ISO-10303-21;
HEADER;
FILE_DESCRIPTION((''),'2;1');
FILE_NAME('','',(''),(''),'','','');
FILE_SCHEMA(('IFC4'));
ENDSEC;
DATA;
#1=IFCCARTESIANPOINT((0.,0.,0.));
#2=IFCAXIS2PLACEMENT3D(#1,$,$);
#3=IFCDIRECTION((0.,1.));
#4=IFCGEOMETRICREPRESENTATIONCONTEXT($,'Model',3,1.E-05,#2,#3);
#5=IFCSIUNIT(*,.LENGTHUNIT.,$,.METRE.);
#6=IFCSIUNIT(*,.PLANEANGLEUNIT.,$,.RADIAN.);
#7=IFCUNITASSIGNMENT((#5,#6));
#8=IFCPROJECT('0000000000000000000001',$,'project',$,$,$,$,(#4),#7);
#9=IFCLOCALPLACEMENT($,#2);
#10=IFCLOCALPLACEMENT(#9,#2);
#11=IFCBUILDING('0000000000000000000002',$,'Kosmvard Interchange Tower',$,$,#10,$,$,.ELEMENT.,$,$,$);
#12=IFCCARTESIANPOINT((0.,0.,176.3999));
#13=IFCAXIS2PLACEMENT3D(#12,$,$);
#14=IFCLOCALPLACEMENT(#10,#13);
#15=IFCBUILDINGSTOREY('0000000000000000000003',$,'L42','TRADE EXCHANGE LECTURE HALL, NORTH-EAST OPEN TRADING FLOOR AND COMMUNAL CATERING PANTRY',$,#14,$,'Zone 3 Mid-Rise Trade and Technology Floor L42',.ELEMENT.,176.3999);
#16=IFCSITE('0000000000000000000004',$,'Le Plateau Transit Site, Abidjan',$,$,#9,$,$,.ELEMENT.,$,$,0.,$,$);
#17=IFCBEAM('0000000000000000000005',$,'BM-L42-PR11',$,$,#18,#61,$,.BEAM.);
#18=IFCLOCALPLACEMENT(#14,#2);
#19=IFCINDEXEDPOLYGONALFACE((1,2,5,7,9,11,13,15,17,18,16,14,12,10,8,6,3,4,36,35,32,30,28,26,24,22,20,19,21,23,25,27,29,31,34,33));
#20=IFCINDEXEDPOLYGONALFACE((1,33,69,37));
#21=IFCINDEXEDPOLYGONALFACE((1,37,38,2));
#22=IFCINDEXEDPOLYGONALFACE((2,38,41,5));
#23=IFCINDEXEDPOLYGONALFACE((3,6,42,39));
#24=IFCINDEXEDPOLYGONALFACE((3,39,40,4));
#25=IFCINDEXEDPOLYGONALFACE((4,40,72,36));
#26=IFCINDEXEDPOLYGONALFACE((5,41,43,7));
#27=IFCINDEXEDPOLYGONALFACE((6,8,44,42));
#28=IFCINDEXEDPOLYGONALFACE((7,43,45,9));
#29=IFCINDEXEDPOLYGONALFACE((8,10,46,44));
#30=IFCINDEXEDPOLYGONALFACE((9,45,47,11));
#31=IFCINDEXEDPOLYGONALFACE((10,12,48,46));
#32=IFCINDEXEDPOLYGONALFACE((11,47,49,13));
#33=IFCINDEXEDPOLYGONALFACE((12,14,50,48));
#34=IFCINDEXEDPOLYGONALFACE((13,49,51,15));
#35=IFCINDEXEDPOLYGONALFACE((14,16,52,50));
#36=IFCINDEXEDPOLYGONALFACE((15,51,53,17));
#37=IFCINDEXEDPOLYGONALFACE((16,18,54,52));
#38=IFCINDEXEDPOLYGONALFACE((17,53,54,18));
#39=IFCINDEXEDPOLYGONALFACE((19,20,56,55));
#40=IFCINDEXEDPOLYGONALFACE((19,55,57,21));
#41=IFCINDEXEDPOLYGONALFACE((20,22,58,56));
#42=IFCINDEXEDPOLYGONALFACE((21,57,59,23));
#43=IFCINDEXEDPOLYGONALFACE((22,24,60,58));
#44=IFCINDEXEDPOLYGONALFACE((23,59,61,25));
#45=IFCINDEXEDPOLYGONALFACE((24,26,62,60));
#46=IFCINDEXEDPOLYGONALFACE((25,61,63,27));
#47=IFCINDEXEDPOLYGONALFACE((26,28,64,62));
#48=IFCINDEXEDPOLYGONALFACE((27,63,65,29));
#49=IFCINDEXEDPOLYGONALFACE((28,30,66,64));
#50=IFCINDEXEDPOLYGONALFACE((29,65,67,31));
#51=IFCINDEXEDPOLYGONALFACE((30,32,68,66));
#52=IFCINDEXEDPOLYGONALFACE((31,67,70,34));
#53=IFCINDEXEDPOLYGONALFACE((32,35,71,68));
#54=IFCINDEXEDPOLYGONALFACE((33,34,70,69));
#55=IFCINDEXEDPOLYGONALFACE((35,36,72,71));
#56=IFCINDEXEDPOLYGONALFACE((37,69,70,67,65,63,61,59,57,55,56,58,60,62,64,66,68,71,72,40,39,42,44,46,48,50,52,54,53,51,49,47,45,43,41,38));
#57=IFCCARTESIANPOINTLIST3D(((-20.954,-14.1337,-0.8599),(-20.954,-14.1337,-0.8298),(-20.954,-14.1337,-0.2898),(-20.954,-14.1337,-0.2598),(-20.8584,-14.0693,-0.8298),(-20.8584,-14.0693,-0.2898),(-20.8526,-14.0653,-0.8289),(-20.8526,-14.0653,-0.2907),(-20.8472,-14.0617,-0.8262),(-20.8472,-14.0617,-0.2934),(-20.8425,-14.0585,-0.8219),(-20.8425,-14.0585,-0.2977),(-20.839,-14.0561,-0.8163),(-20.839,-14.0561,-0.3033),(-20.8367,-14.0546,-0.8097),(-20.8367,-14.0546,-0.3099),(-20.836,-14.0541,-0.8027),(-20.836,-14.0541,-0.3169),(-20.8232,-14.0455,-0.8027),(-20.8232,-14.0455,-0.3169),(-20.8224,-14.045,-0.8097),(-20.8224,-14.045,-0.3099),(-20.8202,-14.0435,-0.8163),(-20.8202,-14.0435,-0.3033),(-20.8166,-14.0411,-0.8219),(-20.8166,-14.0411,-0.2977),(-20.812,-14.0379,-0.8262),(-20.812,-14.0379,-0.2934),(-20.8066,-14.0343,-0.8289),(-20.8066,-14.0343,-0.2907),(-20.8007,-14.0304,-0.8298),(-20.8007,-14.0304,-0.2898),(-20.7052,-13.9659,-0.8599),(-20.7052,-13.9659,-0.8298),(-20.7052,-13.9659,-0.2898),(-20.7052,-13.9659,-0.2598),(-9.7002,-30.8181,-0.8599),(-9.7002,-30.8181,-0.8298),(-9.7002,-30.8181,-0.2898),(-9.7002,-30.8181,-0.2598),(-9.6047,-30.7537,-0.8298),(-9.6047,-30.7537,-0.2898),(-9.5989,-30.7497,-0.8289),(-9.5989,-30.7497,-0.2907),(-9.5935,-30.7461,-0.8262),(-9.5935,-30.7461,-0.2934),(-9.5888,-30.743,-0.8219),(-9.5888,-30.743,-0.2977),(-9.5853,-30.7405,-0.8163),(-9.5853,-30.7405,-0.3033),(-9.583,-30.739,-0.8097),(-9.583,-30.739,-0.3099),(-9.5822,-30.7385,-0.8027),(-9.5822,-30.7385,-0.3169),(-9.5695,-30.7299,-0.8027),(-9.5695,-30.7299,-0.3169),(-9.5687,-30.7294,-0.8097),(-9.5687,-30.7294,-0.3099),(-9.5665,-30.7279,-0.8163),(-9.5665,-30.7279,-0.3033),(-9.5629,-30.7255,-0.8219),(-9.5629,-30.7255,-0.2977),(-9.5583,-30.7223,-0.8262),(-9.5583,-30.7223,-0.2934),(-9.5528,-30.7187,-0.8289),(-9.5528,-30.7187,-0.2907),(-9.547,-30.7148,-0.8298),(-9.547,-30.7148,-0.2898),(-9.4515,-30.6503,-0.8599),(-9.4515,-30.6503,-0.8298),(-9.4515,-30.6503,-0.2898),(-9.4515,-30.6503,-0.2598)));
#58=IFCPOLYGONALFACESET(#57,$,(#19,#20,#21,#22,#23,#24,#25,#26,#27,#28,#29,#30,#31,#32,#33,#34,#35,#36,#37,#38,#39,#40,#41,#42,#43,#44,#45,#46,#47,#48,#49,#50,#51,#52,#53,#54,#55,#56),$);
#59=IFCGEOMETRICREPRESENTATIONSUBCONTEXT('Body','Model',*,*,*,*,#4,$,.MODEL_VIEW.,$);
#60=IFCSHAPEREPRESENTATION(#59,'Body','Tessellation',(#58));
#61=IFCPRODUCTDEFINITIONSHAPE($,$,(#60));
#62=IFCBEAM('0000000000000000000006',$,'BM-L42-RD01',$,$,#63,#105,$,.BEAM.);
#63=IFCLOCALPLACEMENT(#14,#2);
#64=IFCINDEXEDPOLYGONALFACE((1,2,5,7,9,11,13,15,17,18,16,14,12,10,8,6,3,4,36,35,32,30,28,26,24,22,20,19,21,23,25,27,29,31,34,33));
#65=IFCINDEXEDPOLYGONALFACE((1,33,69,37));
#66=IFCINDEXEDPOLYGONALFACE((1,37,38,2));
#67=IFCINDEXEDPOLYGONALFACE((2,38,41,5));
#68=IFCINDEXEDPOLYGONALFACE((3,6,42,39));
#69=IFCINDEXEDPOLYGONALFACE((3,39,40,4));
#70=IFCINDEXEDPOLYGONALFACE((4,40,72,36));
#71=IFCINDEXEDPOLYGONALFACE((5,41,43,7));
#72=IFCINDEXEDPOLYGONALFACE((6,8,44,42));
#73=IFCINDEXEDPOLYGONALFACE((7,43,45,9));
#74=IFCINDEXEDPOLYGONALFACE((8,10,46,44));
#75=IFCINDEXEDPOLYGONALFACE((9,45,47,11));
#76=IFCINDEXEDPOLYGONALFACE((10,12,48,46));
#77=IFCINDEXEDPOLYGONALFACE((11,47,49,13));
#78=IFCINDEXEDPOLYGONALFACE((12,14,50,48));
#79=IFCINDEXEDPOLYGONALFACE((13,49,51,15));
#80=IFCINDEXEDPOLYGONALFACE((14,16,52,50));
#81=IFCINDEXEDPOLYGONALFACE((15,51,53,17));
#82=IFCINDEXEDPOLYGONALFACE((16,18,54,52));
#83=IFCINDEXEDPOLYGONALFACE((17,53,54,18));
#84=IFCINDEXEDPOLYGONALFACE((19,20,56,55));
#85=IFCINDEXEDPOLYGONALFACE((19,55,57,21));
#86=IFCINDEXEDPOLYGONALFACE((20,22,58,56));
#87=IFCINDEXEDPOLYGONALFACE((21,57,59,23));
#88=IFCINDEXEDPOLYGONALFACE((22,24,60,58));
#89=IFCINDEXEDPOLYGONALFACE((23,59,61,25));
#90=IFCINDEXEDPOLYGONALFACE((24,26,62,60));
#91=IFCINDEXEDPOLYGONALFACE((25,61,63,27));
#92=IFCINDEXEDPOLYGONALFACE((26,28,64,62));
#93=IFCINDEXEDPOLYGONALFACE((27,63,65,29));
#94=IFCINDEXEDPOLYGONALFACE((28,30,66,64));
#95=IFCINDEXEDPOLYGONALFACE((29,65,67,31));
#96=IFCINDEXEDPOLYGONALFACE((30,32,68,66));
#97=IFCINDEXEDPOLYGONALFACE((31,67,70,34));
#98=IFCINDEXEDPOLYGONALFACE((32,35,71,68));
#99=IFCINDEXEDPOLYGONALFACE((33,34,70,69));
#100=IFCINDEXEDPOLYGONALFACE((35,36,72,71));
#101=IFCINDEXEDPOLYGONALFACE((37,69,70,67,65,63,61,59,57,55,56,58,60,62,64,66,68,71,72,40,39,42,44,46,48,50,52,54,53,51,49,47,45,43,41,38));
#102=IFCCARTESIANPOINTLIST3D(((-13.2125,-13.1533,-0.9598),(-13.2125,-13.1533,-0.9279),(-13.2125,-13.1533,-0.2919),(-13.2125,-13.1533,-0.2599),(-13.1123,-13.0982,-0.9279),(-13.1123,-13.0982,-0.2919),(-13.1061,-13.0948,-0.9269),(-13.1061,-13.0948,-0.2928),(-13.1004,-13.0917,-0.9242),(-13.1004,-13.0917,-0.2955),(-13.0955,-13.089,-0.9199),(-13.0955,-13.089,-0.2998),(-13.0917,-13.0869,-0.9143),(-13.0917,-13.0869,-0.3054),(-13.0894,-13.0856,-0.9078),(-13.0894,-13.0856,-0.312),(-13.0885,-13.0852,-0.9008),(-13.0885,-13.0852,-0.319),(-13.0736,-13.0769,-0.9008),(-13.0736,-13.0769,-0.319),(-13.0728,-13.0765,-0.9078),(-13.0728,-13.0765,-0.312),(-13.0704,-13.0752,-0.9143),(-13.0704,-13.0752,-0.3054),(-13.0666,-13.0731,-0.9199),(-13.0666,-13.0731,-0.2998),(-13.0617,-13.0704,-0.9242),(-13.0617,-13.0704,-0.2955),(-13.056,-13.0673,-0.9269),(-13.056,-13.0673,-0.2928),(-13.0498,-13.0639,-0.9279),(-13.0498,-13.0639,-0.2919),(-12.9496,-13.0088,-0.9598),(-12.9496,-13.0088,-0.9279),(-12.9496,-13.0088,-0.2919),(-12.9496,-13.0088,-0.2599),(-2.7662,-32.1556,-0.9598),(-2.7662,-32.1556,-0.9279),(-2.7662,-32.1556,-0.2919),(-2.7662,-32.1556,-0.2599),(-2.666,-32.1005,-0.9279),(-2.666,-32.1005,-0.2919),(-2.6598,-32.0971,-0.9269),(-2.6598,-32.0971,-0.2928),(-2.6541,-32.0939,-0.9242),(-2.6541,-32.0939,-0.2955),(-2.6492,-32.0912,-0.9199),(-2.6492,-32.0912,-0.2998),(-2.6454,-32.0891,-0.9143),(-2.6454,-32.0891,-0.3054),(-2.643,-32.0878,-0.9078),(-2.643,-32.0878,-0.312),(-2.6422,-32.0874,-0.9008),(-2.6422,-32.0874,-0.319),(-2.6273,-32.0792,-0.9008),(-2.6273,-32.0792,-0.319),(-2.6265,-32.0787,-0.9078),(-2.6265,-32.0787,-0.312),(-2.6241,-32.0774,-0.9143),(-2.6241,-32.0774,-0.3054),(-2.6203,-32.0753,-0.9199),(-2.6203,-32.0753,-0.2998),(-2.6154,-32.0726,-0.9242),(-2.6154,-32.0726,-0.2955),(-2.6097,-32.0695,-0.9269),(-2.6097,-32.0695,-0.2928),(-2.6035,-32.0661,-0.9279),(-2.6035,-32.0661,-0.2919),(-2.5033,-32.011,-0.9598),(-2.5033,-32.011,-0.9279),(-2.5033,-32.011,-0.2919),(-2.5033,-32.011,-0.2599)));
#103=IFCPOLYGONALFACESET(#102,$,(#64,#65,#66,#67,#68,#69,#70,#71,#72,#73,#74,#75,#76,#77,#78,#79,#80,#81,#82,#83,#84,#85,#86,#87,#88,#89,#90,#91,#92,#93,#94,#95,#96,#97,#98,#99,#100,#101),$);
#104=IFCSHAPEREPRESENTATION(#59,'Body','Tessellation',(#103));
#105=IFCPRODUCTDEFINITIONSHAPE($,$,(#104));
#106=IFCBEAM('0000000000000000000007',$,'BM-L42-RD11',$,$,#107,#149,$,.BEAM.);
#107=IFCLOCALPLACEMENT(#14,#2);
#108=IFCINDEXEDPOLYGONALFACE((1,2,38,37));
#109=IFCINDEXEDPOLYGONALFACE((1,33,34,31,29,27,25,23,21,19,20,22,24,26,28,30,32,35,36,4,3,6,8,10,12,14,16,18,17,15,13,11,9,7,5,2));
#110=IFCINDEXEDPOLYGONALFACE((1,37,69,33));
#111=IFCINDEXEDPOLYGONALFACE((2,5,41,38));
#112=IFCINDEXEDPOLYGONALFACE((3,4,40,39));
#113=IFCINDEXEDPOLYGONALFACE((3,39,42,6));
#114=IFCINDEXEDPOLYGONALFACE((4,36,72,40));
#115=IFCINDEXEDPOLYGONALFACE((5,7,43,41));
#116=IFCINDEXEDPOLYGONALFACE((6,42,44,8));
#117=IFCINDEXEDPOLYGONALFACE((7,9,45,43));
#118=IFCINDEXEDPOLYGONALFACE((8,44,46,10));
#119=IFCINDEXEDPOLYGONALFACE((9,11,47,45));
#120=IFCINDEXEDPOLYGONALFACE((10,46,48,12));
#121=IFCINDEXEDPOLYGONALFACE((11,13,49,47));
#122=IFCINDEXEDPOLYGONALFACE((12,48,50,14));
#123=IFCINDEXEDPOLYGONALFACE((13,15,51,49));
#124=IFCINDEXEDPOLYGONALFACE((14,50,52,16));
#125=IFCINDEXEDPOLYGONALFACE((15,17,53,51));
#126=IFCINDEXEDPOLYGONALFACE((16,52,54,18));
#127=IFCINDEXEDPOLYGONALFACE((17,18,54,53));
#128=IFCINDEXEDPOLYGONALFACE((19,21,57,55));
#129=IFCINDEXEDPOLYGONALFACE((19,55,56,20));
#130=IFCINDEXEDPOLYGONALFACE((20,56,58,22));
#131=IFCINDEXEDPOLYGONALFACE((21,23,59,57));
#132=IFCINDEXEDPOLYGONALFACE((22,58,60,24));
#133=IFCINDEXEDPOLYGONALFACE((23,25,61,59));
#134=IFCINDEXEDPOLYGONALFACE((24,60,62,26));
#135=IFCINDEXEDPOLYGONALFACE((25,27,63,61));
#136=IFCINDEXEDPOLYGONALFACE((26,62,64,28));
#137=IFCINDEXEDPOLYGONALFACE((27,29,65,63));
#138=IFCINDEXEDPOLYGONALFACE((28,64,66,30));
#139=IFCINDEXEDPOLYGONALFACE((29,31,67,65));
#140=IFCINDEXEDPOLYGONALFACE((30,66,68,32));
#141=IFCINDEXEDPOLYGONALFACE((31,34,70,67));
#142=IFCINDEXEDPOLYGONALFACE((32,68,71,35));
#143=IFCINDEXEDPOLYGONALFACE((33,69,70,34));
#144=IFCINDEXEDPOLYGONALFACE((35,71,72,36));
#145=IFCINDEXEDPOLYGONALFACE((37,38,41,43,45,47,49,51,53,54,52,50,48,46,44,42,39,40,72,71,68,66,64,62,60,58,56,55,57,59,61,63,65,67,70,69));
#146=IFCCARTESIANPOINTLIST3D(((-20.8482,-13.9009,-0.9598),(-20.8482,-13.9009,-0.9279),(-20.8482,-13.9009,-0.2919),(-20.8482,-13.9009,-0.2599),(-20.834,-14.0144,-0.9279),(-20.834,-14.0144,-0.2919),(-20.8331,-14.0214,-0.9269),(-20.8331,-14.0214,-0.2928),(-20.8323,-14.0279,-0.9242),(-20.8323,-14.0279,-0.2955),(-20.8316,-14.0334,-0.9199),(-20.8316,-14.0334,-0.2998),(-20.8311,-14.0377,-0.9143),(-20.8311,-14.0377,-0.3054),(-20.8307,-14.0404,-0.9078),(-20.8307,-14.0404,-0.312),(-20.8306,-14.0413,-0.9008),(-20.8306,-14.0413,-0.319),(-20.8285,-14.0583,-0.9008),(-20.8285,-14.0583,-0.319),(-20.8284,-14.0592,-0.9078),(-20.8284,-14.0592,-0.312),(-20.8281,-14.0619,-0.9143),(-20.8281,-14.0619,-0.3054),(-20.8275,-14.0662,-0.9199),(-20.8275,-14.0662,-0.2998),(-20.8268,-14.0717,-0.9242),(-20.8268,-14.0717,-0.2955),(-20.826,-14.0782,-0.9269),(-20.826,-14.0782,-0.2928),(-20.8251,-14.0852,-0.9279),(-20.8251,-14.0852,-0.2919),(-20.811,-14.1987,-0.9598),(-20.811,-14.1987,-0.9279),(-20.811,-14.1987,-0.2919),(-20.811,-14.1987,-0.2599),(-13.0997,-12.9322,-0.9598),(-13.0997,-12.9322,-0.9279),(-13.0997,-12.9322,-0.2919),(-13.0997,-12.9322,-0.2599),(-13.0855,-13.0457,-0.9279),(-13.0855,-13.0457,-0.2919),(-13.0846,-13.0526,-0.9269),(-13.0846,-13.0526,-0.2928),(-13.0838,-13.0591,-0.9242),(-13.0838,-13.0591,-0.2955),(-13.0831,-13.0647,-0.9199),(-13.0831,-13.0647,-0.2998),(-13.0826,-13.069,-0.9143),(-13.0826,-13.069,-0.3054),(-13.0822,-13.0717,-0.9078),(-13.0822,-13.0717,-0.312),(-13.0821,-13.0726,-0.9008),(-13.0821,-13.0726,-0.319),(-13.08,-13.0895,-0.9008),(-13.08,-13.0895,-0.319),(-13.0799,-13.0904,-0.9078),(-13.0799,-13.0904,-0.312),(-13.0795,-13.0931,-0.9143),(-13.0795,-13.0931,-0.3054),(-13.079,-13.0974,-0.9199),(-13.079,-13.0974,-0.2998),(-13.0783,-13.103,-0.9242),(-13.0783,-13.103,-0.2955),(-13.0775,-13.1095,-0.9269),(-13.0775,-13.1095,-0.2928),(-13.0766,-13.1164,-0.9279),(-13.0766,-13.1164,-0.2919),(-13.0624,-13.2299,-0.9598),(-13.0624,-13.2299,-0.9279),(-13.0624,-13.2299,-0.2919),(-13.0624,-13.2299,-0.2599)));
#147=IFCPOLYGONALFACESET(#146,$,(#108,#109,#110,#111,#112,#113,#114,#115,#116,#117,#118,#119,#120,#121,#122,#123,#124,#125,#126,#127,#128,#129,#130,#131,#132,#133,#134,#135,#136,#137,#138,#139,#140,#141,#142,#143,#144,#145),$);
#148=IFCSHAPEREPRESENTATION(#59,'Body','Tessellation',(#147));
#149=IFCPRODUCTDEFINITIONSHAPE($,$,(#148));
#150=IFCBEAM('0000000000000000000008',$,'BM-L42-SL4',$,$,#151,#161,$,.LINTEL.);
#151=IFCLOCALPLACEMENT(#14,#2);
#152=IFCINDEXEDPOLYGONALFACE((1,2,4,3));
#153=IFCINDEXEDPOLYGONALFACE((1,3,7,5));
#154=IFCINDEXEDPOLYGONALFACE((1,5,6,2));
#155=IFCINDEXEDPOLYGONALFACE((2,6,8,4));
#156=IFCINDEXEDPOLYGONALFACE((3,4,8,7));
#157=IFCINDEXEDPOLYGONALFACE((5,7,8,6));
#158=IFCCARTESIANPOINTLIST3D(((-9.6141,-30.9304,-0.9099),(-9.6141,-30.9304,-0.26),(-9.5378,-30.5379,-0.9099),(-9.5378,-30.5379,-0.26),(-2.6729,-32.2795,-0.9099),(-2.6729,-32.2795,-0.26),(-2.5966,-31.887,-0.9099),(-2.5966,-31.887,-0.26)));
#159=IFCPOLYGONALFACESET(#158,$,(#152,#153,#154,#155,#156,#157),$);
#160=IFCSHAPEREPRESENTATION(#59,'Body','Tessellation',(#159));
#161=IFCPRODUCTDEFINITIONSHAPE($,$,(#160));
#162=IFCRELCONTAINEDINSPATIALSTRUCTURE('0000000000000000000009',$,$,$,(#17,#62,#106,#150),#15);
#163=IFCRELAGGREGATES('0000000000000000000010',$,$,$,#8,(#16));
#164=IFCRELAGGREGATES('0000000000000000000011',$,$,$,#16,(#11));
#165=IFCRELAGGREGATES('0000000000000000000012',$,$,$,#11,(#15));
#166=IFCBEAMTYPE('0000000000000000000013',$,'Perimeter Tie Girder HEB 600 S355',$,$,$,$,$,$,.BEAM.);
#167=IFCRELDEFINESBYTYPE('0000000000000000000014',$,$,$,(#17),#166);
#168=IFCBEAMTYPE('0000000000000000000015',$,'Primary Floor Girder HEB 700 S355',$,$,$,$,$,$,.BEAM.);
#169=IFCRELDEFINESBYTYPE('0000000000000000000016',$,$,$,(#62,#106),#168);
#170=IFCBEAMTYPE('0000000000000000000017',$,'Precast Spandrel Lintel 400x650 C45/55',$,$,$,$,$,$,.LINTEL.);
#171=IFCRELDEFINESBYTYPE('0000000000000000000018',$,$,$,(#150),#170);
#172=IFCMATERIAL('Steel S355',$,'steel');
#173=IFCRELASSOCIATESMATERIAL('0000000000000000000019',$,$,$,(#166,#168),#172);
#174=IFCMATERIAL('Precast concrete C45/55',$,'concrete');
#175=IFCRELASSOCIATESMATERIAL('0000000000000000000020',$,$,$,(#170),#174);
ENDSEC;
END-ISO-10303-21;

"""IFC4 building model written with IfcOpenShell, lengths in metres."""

from ifc_helpers import new_model, si_unit, direction, frame, origin, origin_2d, place, context, subcontext, project, spatial, rectangle, i_section, extrude, source, transform, mapped, material, material_profile, profile_set, type_object, element, save


model = new_model("IFC4")

# Units and contexts
model_context = context("Model", 3, precision=1e-05, world=origin(), true_north=direction((0.0, 1.0)))
body_context = subcontext(model_context, "Body", "Model", "MODEL_VIEW")
ifc_project = project(units=[si_unit("LENGTHUNIT", "METRE"), si_unit("PLANEANGLEUNIT", "RADIAN")], contexts=[model_context])

# Site, building, storey
site_placement = place(None, origin())
site = spatial("IfcSite", under=ifc_project, at=site_placement, Name="Le Plateau Transit Site, Abidjan", CompositionType="ELEMENT", RefElevation=0.0)
building_placement = place(site_placement, origin())
building = spatial("IfcBuilding", under=site, at=building_placement, Name="Kosmvard Interchange Tower", CompositionType="ELEMENT")
storey_placement = place(building_placement, frame((0.0, 0.0, 176.3999)))
storey = spatial("IfcBuildingStorey", under=building, at=storey_placement, Name="L42", Description="TRADE EXCHANGE LECTURE HALL, NORTH-EAST OPEN TRADING FLOOR AND COMMUNAL CATERING PANTRY", LongName="Zone 3 Mid-Rise Trade and Technology Floor L42", CompositionType="ELEMENT", Elevation=176.3999)

# Beams
ifc_material_1 = material(Name="Steel S355", Category="steel")
ifc_material_profile_1 = material_profile(ifc_material_1, i_section(OverallWidth=0.3, OverallDepth=0.6001, WebThickness=0.0154, FlangeThickness=0.03, FilletRadius=0.0271, at=origin_2d()), Name="HEB 600")
ifc_profile_set_1 = profile_set([ifc_material_profile_1], Name="Steel S355")
beam_type_1 = type_object("IfcBeamType", Name="Perimeter Tie Girder HEB 600 S355", PredefinedType="BEAM", material=ifc_profile_set_1)
shared_shape_1 = source(origin(), body_context, "Body", "SweptSolid", [
    extrude(i_section(OverallWidth=0.3, OverallDepth=0.6001, WebThickness=0.0154, FlangeThickness=0.03, FilletRadius=0.0271, at=origin_2d()), origin(), (0.0, 0.0, 1.0), 20.125),
])
for number, where, z_axis, x_axis, name in (
    (1, (-20.8296, -14.0498, -0.5598), (0.559191, -0.829039, 0.0), (0.829039, 0.559191, 0.0), "BM-L42-PR11"),
):
    element("IfcBeam", number, at=place(storey_placement, frame(where, z_axis=z_axis, x_axis=x_axis)), inside=storey, type_object=beam_type_1, Name=name, PredefinedType="BEAM", context=body_context, shape_type="MappedRepresentation", body=[
        mapped(shared_shape_1, transform((0.0, 0.0, 0.0), scale=1.0)),
    ])
ifc_material_profile_2 = material_profile(ifc_material_1, i_section(OverallWidth=0.3, OverallDepth=0.7, WebThickness=0.0171, FlangeThickness=0.032, FilletRadius=0.0271, at=origin_2d()), Name="HEB 700")
ifc_profile_set_2 = profile_set([ifc_material_profile_2], Name="Steel S355")
beam_type_2 = type_object("IfcBeamType", Name="Primary Floor Girder HEB 700 S355", PredefinedType="BEAM", material=ifc_profile_set_2)
shared_shape_2 = source(origin(), body_context, "Body", "SweptSolid", [
    extrude(i_section(OverallWidth=0.3, OverallDepth=0.7, WebThickness=0.0171, FlangeThickness=0.032, FilletRadius=0.0271, at=origin_2d()), origin(), (0.0, 0.0, 1.0), 21.6843),
])
beam_1_placement = place(storey_placement, frame((-13.0811, -13.0811, -0.6099), z_axis=(0.481745, -0.876312, 0.0), x_axis=(0.876312, 0.481745, 0.0)))
element("IfcBeam", 2, at=beam_1_placement, inside=storey, type_object=beam_type_2, Name="BM-L42-RD01", PredefinedType="BEAM", context=body_context, shape_type="MappedRepresentation", body=[
    mapped(shared_shape_2, transform((0.0, 0.0, 0.0), scale=1.0)),
])
shared_shape_3 = source(origin(), body_context, "Body", "SweptSolid", [
    extrude(i_section(OverallWidth=0.3, OverallDepth=0.7, WebThickness=0.0171, FlangeThickness=0.032, FilletRadius=0.0271, at=origin_2d()), origin(), (0.0, 0.0, 1.0), 7.8088),
])
beam_2_placement = place(storey_placement, frame((-13.0811, -13.0811, -0.6099), z_axis=(-0.992275, -0.124058, 0.0), x_axis=(0.124058, -0.992275, 0.0)))
element("IfcBeam", 3, at=beam_2_placement, inside=storey, type_object=beam_type_2, Name="BM-L42-RD11", PredefinedType="BEAM", context=body_context, shape_type="MappedRepresentation", body=[
    mapped(shared_shape_3, transform((0.0, 0.0, 0.0), scale=1.0)),
])
ifc_material_2 = material(Name="Precast concrete C45/55", Category="concrete")
ifc_material_profile_3 = material_profile(ifc_material_2, rectangle(XDim=0.3999, YDim=0.6499, at=origin_2d()), Name="SL 400x650")
ifc_profile_set_3 = profile_set([ifc_material_profile_3], Name="Precast concrete C45/55")
beam_type_3 = type_object("IfcBeamType", Name="Precast Spandrel Lintel 400x650 C45/55", PredefinedType="LINTEL", material=ifc_profile_set_3)
shared_shape_4 = source(origin(), body_context, "Body", "SweptSolid", [
    extrude(rectangle(XDim=0.3999, YDim=0.6499, at=origin_2d()), origin(), (0.0, 0.0, 1.0), 7.071),
])
beam_3_placement = place(storey_placement, frame((-9.5759, -30.7341, -0.585), z_axis=(0.98163, -0.190795, 0.0), x_axis=(0.190795, 0.98163, 0.0)))
element("IfcBeam", 4, at=beam_3_placement, inside=storey, type_object=beam_type_3, Name="BM-L42-SL4", PredefinedType="LINTEL", context=body_context, shape_type="MappedRepresentation", body=[
    mapped(shared_shape_4, transform((0.0, 0.0, 0.0), scale=1.0)),
])

save(model, "model.ifc")
